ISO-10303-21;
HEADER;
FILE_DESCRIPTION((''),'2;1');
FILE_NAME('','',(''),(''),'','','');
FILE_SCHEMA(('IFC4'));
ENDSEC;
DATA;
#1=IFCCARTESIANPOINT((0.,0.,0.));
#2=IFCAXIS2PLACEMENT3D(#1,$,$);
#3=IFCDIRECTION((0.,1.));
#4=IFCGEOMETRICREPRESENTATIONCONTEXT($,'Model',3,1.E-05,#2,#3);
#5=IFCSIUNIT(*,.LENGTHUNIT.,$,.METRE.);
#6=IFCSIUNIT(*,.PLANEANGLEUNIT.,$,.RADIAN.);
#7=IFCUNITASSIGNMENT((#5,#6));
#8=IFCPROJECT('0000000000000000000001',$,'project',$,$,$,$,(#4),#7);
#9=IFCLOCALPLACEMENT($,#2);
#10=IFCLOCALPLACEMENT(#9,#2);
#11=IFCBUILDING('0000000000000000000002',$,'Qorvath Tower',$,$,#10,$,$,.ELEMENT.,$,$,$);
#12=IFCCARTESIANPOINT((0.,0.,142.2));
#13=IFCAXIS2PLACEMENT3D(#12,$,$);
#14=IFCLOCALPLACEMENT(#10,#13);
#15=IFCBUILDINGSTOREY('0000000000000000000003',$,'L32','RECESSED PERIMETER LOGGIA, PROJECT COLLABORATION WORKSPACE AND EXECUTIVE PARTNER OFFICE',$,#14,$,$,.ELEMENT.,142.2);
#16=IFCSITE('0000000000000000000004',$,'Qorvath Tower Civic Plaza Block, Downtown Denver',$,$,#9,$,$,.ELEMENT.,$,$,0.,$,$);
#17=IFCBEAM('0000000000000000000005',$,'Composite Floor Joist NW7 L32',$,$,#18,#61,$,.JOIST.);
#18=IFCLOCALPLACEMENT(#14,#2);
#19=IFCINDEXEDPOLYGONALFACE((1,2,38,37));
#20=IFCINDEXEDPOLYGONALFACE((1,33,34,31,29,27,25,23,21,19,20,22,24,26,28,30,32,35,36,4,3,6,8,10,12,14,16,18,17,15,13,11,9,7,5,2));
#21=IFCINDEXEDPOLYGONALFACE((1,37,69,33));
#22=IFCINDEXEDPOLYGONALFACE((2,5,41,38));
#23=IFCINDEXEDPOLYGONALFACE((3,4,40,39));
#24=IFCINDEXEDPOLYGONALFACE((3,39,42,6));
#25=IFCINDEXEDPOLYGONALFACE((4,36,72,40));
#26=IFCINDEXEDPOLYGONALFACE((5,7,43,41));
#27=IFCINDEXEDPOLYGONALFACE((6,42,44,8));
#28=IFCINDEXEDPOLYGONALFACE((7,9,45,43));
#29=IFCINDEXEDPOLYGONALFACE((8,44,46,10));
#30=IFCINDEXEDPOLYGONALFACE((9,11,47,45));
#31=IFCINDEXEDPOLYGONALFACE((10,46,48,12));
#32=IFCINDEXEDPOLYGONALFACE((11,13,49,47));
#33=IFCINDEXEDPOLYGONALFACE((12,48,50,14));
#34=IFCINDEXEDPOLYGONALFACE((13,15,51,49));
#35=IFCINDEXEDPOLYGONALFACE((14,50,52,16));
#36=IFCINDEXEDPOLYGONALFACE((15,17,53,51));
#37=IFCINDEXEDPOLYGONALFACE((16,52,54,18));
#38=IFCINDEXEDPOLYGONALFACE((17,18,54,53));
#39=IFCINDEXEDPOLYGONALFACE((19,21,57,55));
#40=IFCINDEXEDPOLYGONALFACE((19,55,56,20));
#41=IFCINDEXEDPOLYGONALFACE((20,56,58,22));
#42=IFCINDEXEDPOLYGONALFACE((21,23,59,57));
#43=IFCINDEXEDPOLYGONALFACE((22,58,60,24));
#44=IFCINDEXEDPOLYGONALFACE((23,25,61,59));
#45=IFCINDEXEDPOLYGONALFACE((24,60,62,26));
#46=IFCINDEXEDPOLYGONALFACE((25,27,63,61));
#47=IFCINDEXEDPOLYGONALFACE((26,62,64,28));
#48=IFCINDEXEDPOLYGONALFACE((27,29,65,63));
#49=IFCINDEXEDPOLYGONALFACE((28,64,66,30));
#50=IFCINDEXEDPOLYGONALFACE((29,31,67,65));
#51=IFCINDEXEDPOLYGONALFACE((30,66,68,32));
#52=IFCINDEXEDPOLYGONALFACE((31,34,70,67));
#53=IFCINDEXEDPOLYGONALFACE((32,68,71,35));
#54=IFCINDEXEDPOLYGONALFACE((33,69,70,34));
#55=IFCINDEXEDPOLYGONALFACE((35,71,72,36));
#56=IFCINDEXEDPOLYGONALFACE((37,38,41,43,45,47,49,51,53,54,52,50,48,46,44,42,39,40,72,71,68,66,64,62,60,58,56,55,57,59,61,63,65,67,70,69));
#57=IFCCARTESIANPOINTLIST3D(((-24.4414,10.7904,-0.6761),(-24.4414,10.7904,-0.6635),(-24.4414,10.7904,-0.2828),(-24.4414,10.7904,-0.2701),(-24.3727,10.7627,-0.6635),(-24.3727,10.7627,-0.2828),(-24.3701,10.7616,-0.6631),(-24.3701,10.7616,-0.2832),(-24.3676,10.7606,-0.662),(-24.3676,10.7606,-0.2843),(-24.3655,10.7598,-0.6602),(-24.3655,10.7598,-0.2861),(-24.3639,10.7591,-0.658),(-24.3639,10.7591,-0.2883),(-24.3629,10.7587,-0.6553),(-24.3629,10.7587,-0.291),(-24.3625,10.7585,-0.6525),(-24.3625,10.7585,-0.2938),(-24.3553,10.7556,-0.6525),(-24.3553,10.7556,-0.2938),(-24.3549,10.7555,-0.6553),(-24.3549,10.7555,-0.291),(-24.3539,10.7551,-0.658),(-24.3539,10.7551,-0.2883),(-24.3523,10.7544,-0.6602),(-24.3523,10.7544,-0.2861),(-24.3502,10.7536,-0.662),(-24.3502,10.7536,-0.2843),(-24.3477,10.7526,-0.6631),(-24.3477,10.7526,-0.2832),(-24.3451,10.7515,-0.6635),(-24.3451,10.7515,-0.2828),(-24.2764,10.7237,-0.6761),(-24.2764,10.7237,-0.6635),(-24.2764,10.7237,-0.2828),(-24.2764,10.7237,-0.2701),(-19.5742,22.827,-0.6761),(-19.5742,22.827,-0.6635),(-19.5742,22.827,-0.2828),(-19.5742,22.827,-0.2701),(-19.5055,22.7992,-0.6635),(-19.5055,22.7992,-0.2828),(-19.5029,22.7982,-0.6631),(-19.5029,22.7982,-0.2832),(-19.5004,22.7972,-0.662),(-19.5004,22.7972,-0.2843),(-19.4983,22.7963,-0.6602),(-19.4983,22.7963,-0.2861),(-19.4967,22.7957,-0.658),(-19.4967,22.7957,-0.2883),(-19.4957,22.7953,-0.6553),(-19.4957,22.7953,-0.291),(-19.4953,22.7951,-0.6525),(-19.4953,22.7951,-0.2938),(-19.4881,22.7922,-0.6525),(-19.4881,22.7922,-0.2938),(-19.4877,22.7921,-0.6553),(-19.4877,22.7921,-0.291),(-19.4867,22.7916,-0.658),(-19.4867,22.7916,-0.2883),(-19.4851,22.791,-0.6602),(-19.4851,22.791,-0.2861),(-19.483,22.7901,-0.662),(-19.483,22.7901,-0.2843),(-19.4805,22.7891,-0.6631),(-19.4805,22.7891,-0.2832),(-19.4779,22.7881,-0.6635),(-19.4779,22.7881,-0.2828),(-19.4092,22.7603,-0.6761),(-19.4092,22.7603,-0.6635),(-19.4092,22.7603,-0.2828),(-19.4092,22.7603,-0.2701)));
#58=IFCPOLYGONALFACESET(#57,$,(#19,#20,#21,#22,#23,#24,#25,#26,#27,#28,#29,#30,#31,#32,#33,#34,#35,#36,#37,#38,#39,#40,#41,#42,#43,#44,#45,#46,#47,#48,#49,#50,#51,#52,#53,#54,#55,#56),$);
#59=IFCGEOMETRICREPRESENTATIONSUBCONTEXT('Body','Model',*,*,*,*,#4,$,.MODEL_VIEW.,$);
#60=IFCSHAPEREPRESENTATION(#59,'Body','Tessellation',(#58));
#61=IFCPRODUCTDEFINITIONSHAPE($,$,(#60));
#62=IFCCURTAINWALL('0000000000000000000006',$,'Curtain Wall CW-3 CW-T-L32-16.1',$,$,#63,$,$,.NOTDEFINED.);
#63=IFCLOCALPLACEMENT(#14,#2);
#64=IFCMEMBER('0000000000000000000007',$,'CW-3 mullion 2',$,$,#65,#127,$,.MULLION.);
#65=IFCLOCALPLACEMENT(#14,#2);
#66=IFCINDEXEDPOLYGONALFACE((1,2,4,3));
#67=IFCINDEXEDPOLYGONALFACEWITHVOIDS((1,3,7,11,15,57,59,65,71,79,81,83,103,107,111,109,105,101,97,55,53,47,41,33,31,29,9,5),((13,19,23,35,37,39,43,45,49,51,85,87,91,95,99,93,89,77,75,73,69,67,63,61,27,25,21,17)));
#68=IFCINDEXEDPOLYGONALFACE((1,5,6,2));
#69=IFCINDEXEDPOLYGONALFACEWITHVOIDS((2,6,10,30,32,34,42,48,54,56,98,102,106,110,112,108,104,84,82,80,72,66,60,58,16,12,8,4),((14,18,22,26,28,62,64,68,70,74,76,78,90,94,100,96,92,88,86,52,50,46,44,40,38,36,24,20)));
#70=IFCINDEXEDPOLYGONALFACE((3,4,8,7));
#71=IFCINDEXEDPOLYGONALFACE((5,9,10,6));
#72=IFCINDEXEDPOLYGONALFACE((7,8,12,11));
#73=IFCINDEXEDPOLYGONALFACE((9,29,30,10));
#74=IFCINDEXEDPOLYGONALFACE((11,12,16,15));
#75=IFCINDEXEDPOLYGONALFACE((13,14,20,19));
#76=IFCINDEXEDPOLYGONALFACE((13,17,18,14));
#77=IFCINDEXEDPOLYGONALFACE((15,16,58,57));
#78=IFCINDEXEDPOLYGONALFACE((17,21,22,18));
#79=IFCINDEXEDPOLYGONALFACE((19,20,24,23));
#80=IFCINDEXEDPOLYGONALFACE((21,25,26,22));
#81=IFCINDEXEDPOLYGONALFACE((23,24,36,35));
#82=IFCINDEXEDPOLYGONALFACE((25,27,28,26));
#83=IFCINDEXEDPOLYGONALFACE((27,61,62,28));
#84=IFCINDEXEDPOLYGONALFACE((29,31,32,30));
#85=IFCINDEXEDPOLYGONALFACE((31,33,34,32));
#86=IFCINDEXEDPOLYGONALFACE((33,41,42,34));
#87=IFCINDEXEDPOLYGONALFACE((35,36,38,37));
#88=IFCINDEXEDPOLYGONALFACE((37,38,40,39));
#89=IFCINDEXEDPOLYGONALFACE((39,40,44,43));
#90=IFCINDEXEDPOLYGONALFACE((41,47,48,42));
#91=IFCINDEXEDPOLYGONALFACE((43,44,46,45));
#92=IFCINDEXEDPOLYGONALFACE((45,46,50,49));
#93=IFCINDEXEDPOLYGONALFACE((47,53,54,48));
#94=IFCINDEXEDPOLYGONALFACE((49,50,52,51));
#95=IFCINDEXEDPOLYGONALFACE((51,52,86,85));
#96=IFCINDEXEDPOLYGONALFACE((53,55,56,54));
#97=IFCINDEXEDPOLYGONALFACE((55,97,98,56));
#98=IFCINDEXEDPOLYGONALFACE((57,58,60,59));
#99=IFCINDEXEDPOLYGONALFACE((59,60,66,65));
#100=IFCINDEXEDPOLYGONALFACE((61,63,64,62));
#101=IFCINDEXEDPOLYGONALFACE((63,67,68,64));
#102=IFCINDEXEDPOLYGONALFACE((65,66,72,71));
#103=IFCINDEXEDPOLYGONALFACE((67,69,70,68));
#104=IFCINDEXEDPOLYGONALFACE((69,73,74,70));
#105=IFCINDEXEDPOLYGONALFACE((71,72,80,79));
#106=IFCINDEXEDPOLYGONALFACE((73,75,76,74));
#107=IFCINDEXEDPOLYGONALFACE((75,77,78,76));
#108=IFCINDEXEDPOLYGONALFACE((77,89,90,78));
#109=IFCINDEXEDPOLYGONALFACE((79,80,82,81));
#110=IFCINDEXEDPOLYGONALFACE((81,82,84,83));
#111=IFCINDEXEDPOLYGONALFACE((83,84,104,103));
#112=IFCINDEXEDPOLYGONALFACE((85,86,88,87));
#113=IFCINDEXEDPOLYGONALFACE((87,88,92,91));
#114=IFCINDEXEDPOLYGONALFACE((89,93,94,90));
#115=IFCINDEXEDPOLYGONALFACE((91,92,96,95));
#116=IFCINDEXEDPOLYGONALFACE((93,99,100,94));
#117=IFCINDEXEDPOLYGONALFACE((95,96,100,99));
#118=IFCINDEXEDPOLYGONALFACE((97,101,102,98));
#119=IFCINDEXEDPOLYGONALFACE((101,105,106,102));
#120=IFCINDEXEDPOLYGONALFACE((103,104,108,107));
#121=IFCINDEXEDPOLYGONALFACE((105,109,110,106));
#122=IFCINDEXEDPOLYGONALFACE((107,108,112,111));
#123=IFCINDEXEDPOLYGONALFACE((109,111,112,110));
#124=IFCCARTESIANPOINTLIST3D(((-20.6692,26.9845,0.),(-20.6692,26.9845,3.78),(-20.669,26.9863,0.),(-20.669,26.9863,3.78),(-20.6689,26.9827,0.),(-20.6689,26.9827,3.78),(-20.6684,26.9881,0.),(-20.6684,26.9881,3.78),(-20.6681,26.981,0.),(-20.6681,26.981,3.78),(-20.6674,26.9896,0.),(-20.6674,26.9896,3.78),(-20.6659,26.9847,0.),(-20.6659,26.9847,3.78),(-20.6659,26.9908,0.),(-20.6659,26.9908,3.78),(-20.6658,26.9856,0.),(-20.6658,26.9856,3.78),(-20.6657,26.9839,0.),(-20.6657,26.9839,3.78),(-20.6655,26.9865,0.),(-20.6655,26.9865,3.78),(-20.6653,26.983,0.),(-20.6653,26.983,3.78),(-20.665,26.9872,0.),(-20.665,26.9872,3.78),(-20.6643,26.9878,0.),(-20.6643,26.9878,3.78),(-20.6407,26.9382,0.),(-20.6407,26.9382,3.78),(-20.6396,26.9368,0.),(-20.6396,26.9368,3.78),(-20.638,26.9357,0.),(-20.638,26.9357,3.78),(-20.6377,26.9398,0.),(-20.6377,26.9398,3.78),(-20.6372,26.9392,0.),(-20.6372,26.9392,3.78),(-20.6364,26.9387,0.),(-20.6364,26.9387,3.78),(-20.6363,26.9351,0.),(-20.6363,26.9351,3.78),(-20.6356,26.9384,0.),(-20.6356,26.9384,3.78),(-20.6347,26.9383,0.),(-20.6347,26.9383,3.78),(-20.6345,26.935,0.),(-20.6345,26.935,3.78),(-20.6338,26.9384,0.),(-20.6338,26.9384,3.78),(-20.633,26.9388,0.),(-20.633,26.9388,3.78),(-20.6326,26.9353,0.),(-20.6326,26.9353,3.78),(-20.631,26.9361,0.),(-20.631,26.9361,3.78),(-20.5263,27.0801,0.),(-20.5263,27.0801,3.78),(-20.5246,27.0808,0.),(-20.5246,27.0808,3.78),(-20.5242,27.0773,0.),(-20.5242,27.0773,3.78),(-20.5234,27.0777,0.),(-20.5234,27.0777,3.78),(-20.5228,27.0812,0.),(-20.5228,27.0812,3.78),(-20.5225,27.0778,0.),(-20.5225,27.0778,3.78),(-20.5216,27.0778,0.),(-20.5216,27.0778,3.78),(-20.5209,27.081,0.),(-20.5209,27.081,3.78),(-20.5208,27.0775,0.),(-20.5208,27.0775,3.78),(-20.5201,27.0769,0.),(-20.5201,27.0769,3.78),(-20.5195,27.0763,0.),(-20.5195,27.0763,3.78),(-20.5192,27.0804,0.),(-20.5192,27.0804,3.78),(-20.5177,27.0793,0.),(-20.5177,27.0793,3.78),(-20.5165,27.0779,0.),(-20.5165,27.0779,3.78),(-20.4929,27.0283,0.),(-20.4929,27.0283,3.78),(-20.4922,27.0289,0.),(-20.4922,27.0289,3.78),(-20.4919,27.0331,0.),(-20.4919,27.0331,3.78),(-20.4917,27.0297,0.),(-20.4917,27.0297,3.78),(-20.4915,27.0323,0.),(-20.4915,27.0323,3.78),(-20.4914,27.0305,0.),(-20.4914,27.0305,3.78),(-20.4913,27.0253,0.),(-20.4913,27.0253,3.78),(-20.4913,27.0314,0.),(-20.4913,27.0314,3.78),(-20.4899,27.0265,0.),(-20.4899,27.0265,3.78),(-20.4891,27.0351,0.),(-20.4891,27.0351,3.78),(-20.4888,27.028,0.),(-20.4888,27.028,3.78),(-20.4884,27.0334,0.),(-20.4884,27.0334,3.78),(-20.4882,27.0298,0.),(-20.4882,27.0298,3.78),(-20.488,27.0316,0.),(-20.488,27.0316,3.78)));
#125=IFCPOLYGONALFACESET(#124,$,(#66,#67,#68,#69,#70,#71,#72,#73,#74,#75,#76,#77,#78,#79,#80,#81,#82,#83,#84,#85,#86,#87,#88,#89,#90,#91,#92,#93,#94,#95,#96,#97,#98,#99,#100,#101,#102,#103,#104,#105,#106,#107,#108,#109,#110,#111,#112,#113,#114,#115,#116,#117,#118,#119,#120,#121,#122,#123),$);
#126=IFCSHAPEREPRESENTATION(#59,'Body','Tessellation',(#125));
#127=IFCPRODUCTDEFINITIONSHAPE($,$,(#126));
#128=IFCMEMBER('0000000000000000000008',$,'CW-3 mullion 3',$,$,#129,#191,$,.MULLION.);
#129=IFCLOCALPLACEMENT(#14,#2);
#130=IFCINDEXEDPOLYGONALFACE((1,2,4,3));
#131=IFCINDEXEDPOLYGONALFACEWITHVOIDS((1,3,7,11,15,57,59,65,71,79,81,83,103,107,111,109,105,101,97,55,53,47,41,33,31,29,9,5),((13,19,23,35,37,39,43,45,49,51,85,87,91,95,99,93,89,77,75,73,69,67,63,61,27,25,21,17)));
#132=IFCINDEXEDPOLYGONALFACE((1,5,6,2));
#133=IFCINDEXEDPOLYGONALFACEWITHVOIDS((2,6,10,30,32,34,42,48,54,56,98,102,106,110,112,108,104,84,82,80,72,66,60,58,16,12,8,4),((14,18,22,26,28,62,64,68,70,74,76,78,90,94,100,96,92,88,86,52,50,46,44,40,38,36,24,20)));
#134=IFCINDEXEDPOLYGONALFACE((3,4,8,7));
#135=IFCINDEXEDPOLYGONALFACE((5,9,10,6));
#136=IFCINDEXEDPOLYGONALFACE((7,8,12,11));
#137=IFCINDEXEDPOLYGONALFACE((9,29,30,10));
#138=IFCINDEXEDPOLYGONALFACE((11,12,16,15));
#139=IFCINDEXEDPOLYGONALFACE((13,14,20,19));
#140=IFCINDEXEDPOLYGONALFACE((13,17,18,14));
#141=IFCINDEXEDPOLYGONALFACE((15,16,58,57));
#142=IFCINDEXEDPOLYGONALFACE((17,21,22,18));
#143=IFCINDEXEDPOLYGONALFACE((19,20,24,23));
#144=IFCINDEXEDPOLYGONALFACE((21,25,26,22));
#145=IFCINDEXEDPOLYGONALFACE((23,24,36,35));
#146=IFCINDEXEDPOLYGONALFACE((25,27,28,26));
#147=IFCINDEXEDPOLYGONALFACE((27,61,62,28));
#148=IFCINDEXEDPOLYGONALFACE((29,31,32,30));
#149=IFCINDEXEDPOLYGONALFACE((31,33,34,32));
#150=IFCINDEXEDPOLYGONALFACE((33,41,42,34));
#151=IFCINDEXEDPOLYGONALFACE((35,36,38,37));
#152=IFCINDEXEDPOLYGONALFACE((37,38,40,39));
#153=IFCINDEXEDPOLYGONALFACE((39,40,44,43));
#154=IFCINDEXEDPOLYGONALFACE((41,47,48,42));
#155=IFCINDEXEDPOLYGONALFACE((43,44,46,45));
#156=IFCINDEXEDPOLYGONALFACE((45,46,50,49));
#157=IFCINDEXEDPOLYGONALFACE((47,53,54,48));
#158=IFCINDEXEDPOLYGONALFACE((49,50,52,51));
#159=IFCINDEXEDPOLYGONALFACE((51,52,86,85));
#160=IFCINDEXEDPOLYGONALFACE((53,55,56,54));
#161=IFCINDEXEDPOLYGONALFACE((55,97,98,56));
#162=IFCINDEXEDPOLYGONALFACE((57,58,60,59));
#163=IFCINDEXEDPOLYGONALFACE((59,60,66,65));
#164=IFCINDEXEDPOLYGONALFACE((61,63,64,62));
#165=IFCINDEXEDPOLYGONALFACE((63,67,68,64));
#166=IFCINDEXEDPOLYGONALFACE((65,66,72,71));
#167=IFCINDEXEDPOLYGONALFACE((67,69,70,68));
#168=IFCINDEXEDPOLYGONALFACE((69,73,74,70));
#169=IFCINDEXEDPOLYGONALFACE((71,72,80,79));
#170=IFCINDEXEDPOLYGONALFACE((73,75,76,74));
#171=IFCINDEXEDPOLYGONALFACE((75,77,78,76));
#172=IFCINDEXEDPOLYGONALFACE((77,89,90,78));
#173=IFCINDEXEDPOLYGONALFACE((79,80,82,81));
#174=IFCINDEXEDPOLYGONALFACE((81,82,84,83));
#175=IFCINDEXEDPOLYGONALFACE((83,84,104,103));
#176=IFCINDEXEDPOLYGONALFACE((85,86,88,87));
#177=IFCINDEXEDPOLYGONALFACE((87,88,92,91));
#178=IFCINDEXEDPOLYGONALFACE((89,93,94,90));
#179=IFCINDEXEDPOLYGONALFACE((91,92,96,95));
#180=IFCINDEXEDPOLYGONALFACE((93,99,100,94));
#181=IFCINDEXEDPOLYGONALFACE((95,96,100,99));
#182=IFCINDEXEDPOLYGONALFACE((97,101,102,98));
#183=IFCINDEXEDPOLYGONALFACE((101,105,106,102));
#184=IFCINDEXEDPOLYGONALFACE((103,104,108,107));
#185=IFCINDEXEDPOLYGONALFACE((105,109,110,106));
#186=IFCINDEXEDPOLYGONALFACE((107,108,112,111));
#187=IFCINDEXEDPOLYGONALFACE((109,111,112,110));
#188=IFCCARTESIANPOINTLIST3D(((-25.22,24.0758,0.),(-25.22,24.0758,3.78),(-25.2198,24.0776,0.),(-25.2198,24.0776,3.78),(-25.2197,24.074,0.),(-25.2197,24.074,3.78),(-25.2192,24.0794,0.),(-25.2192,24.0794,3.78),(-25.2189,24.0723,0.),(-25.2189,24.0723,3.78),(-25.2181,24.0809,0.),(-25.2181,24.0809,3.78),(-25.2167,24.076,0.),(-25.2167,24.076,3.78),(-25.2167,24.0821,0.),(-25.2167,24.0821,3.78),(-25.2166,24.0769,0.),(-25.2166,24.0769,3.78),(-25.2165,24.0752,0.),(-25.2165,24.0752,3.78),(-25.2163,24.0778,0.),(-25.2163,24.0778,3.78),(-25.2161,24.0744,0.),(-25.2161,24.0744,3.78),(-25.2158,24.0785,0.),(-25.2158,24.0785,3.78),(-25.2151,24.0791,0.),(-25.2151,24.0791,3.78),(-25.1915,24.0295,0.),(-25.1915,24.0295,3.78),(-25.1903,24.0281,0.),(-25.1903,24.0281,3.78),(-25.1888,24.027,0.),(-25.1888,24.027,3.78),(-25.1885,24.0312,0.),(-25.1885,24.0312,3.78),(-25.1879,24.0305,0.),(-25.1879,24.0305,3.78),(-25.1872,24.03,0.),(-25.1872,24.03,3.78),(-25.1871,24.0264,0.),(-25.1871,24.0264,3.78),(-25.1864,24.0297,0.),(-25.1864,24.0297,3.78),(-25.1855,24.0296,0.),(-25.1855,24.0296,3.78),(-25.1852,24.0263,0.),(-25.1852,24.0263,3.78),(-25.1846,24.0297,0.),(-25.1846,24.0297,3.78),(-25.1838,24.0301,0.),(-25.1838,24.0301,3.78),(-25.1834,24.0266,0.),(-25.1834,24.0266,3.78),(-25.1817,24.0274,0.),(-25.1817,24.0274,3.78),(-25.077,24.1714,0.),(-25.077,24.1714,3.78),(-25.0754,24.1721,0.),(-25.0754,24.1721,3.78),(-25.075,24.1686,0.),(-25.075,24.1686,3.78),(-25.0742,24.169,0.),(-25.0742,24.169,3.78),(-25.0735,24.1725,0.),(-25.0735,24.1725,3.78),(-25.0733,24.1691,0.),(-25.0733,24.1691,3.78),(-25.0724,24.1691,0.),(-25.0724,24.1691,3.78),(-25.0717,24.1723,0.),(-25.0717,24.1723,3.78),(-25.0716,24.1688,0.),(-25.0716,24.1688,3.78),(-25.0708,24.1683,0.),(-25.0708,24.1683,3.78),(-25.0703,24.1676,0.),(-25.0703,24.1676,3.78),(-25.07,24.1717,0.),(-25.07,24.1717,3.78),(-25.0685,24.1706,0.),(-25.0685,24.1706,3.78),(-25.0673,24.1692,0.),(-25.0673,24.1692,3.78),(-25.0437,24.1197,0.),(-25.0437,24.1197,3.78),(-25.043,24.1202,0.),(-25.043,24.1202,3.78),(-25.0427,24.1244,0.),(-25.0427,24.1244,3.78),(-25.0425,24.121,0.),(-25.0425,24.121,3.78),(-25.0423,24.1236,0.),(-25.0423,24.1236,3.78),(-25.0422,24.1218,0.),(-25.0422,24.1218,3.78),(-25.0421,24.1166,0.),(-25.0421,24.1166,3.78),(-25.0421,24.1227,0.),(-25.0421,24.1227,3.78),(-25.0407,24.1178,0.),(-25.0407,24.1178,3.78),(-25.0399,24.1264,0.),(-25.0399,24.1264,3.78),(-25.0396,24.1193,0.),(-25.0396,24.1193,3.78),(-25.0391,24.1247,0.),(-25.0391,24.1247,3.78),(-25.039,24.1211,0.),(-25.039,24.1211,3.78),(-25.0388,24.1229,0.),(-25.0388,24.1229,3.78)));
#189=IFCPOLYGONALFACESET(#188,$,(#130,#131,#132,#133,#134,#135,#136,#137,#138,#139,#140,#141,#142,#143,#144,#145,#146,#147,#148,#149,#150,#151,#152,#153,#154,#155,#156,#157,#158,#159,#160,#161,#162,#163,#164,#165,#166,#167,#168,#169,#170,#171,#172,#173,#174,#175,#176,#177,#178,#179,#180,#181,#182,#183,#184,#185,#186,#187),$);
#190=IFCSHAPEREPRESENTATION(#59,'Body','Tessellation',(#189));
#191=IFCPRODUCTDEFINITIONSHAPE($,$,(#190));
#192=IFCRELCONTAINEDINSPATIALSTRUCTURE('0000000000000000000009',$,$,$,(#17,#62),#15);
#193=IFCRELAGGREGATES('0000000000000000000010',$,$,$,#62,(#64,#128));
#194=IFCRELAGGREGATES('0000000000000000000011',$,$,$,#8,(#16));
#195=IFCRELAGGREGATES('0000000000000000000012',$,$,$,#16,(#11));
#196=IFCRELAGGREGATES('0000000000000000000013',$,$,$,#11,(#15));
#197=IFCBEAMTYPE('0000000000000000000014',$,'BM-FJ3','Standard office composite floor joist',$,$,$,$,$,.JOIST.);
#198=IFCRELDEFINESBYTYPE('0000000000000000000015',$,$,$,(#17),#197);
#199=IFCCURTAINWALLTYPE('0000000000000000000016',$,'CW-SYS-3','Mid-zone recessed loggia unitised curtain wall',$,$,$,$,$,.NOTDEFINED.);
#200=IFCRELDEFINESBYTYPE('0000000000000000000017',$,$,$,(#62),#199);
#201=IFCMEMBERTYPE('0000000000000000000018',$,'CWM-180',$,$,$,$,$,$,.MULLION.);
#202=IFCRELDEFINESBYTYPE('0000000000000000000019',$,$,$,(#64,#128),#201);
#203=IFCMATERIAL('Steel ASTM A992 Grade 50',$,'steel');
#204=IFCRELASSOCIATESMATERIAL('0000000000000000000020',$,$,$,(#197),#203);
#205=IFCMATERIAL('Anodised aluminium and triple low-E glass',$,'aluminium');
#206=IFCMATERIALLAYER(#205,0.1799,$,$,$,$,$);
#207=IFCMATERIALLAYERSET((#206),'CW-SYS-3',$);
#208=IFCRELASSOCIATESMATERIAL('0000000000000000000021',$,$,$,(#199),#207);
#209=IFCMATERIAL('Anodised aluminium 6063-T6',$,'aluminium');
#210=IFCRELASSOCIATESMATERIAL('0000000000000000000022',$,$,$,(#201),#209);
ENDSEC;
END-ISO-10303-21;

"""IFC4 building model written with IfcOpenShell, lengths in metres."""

from ifc_helpers import new_model, si_unit, direction, frame, origin, origin_2d, place, context, subcontext, project, spatial, hollow_rectangle, i_section, extrude, material, layer, layer_set, material_profile, profile_set, type_object, element, aggregate, save


model = new_model("IFC4")

# Units and contexts
model_context = context("Model", 3, precision=1e-05, world=origin(), true_north=direction((0.0, 1.0)))
body_context = subcontext(model_context, "Body", "Model", "MODEL_VIEW")
ifc_project = project(units=[si_unit("LENGTHUNIT", "METRE"), si_unit("PLANEANGLEUNIT", "RADIAN")], contexts=[model_context])

# Site, building, storey
site_placement = place(None, origin())
site = spatial("IfcSite", under=ifc_project, at=site_placement, Name="Qorvath Tower Civic Plaza Block, Downtown Denver", CompositionType="ELEMENT", RefElevation=0.0)
building_placement = place(site_placement, origin())
building = spatial("IfcBuilding", under=site, at=building_placement, Name="Qorvath Tower", CompositionType="ELEMENT")
storey_placement = place(building_placement, frame((0.0, 0.0, 142.2)))
storey = spatial("IfcBuildingStorey", under=building, at=storey_placement, Name="L32", Description="RECESSED PERIMETER LOGGIA, PROJECT COLLABORATION WORKSPACE AND EXECUTIVE PARTNER OFFICE", CompositionType="ELEMENT", Elevation=142.2)

# Beam
ifc_material_1 = material(Name="Steel ASTM A992 Grade 50", Category="steel")
ifc_material_profile_1 = material_profile(ifc_material_1, i_section(OverallWidth=0.178, OverallDepth=0.406, WebThickness=0.0078, FlangeThickness=0.0127, FilletRadius=0.011, at=origin_2d()), Name="W16x40")
ifc_profile_set_1 = profile_set([ifc_material_profile_1], Name="Steel ASTM A992 Grade 50")
beam_type_1 = type_object("IfcBeamType", Name="BM-FJ3", Description="Standard office composite floor joist", PredefinedType="JOIST", material=ifc_profile_set_1)
beam_1_placement = place(storey_placement, frame((-24.3589, 10.7571, -0.4731), z_axis=(0.374877, 0.927075, 0.0), x_axis=(-0.927075, 0.374877, 0.0)))
element("IfcBeam", 1, at=beam_1_placement, inside=storey, type_object=beam_type_1, Name="Composite Floor Joist NW7 L32", PredefinedType="JOIST", context=body_context, shape_type="SweptSolid", body=[
    extrude(i_section(OverallWidth=0.178, OverallDepth=0.406, WebThickness=0.0078, FlangeThickness=0.0127, FilletRadius=0.011, at=origin_2d()), origin(), (0.0, 0.0, 1.0), 12.9834),
])

# Curtain wall, members
ifc_material_2 = material(Name="Anodised aluminium and triple low-E glass", Category="aluminium")
ifc_layer_1 = layer(ifc_material_2, 0.1799)
ifc_layer_set_1 = layer_set([ifc_layer_1], Name="CW-SYS-3")
curtain_wall_type = type_object("IfcCurtainWallType", Name="CW-SYS-3", Description="Mid-zone recessed loggia unitised curtain wall", PredefinedType="NOTDEFINED", material=ifc_layer_set_1)
curtain_wall_placement = place(storey_placement, origin())
curtain_wall = element("IfcCurtainWall", 2, at=curtain_wall_placement, inside=storey, type_object=curtain_wall_type, Name="Curtain Wall CW-3 CW-T-L32-16.1", PredefinedType="NOTDEFINED")
ifc_material_3 = material(Name="Anodised aluminium 6063-T6", Category="aluminium")
ifc_material_profile_2 = material_profile(ifc_material_3, hollow_rectangle(XDim=0.0649, YDim=0.1799, WallThickness=0.0034, InnerFilletRadius=0.0034, OuterFilletRadius=0.0071, at=origin_2d()), Name="CWM 180x65")
ifc_profile_set_2 = profile_set([ifc_material_profile_2], Name="Anodised aluminium 6063-T6")
member_type_1 = type_object("IfcMemberType", Name="CWM-180", PredefinedType="MULLION", material=ifc_profile_set_2)
member_1_placement = place(storey_placement, frame((-20.5786, 27.0081, 0.0), z_axis=(0.0, 0.0, 1.0), x_axis=(0.538533, -0.842604, 0.0)))
member_1 = element("IfcMember", 3, at=member_1_placement, type_object=member_type_1, Name="CW-3 mullion 2", PredefinedType="MULLION", context=body_context, shape_type="SweptSolid", body=[
    extrude(hollow_rectangle(XDim=0.0649, YDim=0.1799, WallThickness=0.0034, InnerFilletRadius=0.0034, OuterFilletRadius=0.0071, at=origin_2d()), origin(), (0.0, 0.0, 1.0), 3.78),
])
member_2_placement = place(storey_placement, frame((-25.1294, 24.0994, 0.0), z_axis=(0.0, 0.0, 1.0), x_axis=(0.538533, -0.842604, 0.0)))
member_2 = element("IfcMember", 4, at=member_2_placement, type_object=member_type_1, Name="CW-3 mullion 3", PredefinedType="MULLION", context=body_context, shape_type="SweptSolid", body=[
    extrude(hollow_rectangle(XDim=0.0649, YDim=0.1799, WallThickness=0.0034, InnerFilletRadius=0.0034, OuterFilletRadius=0.0071, at=origin_2d()), origin(), (0.0, 0.0, 1.0), 3.78),
])
aggregate(curtain_wall, [member_1, member_2])

save(model, "model.ifc")
